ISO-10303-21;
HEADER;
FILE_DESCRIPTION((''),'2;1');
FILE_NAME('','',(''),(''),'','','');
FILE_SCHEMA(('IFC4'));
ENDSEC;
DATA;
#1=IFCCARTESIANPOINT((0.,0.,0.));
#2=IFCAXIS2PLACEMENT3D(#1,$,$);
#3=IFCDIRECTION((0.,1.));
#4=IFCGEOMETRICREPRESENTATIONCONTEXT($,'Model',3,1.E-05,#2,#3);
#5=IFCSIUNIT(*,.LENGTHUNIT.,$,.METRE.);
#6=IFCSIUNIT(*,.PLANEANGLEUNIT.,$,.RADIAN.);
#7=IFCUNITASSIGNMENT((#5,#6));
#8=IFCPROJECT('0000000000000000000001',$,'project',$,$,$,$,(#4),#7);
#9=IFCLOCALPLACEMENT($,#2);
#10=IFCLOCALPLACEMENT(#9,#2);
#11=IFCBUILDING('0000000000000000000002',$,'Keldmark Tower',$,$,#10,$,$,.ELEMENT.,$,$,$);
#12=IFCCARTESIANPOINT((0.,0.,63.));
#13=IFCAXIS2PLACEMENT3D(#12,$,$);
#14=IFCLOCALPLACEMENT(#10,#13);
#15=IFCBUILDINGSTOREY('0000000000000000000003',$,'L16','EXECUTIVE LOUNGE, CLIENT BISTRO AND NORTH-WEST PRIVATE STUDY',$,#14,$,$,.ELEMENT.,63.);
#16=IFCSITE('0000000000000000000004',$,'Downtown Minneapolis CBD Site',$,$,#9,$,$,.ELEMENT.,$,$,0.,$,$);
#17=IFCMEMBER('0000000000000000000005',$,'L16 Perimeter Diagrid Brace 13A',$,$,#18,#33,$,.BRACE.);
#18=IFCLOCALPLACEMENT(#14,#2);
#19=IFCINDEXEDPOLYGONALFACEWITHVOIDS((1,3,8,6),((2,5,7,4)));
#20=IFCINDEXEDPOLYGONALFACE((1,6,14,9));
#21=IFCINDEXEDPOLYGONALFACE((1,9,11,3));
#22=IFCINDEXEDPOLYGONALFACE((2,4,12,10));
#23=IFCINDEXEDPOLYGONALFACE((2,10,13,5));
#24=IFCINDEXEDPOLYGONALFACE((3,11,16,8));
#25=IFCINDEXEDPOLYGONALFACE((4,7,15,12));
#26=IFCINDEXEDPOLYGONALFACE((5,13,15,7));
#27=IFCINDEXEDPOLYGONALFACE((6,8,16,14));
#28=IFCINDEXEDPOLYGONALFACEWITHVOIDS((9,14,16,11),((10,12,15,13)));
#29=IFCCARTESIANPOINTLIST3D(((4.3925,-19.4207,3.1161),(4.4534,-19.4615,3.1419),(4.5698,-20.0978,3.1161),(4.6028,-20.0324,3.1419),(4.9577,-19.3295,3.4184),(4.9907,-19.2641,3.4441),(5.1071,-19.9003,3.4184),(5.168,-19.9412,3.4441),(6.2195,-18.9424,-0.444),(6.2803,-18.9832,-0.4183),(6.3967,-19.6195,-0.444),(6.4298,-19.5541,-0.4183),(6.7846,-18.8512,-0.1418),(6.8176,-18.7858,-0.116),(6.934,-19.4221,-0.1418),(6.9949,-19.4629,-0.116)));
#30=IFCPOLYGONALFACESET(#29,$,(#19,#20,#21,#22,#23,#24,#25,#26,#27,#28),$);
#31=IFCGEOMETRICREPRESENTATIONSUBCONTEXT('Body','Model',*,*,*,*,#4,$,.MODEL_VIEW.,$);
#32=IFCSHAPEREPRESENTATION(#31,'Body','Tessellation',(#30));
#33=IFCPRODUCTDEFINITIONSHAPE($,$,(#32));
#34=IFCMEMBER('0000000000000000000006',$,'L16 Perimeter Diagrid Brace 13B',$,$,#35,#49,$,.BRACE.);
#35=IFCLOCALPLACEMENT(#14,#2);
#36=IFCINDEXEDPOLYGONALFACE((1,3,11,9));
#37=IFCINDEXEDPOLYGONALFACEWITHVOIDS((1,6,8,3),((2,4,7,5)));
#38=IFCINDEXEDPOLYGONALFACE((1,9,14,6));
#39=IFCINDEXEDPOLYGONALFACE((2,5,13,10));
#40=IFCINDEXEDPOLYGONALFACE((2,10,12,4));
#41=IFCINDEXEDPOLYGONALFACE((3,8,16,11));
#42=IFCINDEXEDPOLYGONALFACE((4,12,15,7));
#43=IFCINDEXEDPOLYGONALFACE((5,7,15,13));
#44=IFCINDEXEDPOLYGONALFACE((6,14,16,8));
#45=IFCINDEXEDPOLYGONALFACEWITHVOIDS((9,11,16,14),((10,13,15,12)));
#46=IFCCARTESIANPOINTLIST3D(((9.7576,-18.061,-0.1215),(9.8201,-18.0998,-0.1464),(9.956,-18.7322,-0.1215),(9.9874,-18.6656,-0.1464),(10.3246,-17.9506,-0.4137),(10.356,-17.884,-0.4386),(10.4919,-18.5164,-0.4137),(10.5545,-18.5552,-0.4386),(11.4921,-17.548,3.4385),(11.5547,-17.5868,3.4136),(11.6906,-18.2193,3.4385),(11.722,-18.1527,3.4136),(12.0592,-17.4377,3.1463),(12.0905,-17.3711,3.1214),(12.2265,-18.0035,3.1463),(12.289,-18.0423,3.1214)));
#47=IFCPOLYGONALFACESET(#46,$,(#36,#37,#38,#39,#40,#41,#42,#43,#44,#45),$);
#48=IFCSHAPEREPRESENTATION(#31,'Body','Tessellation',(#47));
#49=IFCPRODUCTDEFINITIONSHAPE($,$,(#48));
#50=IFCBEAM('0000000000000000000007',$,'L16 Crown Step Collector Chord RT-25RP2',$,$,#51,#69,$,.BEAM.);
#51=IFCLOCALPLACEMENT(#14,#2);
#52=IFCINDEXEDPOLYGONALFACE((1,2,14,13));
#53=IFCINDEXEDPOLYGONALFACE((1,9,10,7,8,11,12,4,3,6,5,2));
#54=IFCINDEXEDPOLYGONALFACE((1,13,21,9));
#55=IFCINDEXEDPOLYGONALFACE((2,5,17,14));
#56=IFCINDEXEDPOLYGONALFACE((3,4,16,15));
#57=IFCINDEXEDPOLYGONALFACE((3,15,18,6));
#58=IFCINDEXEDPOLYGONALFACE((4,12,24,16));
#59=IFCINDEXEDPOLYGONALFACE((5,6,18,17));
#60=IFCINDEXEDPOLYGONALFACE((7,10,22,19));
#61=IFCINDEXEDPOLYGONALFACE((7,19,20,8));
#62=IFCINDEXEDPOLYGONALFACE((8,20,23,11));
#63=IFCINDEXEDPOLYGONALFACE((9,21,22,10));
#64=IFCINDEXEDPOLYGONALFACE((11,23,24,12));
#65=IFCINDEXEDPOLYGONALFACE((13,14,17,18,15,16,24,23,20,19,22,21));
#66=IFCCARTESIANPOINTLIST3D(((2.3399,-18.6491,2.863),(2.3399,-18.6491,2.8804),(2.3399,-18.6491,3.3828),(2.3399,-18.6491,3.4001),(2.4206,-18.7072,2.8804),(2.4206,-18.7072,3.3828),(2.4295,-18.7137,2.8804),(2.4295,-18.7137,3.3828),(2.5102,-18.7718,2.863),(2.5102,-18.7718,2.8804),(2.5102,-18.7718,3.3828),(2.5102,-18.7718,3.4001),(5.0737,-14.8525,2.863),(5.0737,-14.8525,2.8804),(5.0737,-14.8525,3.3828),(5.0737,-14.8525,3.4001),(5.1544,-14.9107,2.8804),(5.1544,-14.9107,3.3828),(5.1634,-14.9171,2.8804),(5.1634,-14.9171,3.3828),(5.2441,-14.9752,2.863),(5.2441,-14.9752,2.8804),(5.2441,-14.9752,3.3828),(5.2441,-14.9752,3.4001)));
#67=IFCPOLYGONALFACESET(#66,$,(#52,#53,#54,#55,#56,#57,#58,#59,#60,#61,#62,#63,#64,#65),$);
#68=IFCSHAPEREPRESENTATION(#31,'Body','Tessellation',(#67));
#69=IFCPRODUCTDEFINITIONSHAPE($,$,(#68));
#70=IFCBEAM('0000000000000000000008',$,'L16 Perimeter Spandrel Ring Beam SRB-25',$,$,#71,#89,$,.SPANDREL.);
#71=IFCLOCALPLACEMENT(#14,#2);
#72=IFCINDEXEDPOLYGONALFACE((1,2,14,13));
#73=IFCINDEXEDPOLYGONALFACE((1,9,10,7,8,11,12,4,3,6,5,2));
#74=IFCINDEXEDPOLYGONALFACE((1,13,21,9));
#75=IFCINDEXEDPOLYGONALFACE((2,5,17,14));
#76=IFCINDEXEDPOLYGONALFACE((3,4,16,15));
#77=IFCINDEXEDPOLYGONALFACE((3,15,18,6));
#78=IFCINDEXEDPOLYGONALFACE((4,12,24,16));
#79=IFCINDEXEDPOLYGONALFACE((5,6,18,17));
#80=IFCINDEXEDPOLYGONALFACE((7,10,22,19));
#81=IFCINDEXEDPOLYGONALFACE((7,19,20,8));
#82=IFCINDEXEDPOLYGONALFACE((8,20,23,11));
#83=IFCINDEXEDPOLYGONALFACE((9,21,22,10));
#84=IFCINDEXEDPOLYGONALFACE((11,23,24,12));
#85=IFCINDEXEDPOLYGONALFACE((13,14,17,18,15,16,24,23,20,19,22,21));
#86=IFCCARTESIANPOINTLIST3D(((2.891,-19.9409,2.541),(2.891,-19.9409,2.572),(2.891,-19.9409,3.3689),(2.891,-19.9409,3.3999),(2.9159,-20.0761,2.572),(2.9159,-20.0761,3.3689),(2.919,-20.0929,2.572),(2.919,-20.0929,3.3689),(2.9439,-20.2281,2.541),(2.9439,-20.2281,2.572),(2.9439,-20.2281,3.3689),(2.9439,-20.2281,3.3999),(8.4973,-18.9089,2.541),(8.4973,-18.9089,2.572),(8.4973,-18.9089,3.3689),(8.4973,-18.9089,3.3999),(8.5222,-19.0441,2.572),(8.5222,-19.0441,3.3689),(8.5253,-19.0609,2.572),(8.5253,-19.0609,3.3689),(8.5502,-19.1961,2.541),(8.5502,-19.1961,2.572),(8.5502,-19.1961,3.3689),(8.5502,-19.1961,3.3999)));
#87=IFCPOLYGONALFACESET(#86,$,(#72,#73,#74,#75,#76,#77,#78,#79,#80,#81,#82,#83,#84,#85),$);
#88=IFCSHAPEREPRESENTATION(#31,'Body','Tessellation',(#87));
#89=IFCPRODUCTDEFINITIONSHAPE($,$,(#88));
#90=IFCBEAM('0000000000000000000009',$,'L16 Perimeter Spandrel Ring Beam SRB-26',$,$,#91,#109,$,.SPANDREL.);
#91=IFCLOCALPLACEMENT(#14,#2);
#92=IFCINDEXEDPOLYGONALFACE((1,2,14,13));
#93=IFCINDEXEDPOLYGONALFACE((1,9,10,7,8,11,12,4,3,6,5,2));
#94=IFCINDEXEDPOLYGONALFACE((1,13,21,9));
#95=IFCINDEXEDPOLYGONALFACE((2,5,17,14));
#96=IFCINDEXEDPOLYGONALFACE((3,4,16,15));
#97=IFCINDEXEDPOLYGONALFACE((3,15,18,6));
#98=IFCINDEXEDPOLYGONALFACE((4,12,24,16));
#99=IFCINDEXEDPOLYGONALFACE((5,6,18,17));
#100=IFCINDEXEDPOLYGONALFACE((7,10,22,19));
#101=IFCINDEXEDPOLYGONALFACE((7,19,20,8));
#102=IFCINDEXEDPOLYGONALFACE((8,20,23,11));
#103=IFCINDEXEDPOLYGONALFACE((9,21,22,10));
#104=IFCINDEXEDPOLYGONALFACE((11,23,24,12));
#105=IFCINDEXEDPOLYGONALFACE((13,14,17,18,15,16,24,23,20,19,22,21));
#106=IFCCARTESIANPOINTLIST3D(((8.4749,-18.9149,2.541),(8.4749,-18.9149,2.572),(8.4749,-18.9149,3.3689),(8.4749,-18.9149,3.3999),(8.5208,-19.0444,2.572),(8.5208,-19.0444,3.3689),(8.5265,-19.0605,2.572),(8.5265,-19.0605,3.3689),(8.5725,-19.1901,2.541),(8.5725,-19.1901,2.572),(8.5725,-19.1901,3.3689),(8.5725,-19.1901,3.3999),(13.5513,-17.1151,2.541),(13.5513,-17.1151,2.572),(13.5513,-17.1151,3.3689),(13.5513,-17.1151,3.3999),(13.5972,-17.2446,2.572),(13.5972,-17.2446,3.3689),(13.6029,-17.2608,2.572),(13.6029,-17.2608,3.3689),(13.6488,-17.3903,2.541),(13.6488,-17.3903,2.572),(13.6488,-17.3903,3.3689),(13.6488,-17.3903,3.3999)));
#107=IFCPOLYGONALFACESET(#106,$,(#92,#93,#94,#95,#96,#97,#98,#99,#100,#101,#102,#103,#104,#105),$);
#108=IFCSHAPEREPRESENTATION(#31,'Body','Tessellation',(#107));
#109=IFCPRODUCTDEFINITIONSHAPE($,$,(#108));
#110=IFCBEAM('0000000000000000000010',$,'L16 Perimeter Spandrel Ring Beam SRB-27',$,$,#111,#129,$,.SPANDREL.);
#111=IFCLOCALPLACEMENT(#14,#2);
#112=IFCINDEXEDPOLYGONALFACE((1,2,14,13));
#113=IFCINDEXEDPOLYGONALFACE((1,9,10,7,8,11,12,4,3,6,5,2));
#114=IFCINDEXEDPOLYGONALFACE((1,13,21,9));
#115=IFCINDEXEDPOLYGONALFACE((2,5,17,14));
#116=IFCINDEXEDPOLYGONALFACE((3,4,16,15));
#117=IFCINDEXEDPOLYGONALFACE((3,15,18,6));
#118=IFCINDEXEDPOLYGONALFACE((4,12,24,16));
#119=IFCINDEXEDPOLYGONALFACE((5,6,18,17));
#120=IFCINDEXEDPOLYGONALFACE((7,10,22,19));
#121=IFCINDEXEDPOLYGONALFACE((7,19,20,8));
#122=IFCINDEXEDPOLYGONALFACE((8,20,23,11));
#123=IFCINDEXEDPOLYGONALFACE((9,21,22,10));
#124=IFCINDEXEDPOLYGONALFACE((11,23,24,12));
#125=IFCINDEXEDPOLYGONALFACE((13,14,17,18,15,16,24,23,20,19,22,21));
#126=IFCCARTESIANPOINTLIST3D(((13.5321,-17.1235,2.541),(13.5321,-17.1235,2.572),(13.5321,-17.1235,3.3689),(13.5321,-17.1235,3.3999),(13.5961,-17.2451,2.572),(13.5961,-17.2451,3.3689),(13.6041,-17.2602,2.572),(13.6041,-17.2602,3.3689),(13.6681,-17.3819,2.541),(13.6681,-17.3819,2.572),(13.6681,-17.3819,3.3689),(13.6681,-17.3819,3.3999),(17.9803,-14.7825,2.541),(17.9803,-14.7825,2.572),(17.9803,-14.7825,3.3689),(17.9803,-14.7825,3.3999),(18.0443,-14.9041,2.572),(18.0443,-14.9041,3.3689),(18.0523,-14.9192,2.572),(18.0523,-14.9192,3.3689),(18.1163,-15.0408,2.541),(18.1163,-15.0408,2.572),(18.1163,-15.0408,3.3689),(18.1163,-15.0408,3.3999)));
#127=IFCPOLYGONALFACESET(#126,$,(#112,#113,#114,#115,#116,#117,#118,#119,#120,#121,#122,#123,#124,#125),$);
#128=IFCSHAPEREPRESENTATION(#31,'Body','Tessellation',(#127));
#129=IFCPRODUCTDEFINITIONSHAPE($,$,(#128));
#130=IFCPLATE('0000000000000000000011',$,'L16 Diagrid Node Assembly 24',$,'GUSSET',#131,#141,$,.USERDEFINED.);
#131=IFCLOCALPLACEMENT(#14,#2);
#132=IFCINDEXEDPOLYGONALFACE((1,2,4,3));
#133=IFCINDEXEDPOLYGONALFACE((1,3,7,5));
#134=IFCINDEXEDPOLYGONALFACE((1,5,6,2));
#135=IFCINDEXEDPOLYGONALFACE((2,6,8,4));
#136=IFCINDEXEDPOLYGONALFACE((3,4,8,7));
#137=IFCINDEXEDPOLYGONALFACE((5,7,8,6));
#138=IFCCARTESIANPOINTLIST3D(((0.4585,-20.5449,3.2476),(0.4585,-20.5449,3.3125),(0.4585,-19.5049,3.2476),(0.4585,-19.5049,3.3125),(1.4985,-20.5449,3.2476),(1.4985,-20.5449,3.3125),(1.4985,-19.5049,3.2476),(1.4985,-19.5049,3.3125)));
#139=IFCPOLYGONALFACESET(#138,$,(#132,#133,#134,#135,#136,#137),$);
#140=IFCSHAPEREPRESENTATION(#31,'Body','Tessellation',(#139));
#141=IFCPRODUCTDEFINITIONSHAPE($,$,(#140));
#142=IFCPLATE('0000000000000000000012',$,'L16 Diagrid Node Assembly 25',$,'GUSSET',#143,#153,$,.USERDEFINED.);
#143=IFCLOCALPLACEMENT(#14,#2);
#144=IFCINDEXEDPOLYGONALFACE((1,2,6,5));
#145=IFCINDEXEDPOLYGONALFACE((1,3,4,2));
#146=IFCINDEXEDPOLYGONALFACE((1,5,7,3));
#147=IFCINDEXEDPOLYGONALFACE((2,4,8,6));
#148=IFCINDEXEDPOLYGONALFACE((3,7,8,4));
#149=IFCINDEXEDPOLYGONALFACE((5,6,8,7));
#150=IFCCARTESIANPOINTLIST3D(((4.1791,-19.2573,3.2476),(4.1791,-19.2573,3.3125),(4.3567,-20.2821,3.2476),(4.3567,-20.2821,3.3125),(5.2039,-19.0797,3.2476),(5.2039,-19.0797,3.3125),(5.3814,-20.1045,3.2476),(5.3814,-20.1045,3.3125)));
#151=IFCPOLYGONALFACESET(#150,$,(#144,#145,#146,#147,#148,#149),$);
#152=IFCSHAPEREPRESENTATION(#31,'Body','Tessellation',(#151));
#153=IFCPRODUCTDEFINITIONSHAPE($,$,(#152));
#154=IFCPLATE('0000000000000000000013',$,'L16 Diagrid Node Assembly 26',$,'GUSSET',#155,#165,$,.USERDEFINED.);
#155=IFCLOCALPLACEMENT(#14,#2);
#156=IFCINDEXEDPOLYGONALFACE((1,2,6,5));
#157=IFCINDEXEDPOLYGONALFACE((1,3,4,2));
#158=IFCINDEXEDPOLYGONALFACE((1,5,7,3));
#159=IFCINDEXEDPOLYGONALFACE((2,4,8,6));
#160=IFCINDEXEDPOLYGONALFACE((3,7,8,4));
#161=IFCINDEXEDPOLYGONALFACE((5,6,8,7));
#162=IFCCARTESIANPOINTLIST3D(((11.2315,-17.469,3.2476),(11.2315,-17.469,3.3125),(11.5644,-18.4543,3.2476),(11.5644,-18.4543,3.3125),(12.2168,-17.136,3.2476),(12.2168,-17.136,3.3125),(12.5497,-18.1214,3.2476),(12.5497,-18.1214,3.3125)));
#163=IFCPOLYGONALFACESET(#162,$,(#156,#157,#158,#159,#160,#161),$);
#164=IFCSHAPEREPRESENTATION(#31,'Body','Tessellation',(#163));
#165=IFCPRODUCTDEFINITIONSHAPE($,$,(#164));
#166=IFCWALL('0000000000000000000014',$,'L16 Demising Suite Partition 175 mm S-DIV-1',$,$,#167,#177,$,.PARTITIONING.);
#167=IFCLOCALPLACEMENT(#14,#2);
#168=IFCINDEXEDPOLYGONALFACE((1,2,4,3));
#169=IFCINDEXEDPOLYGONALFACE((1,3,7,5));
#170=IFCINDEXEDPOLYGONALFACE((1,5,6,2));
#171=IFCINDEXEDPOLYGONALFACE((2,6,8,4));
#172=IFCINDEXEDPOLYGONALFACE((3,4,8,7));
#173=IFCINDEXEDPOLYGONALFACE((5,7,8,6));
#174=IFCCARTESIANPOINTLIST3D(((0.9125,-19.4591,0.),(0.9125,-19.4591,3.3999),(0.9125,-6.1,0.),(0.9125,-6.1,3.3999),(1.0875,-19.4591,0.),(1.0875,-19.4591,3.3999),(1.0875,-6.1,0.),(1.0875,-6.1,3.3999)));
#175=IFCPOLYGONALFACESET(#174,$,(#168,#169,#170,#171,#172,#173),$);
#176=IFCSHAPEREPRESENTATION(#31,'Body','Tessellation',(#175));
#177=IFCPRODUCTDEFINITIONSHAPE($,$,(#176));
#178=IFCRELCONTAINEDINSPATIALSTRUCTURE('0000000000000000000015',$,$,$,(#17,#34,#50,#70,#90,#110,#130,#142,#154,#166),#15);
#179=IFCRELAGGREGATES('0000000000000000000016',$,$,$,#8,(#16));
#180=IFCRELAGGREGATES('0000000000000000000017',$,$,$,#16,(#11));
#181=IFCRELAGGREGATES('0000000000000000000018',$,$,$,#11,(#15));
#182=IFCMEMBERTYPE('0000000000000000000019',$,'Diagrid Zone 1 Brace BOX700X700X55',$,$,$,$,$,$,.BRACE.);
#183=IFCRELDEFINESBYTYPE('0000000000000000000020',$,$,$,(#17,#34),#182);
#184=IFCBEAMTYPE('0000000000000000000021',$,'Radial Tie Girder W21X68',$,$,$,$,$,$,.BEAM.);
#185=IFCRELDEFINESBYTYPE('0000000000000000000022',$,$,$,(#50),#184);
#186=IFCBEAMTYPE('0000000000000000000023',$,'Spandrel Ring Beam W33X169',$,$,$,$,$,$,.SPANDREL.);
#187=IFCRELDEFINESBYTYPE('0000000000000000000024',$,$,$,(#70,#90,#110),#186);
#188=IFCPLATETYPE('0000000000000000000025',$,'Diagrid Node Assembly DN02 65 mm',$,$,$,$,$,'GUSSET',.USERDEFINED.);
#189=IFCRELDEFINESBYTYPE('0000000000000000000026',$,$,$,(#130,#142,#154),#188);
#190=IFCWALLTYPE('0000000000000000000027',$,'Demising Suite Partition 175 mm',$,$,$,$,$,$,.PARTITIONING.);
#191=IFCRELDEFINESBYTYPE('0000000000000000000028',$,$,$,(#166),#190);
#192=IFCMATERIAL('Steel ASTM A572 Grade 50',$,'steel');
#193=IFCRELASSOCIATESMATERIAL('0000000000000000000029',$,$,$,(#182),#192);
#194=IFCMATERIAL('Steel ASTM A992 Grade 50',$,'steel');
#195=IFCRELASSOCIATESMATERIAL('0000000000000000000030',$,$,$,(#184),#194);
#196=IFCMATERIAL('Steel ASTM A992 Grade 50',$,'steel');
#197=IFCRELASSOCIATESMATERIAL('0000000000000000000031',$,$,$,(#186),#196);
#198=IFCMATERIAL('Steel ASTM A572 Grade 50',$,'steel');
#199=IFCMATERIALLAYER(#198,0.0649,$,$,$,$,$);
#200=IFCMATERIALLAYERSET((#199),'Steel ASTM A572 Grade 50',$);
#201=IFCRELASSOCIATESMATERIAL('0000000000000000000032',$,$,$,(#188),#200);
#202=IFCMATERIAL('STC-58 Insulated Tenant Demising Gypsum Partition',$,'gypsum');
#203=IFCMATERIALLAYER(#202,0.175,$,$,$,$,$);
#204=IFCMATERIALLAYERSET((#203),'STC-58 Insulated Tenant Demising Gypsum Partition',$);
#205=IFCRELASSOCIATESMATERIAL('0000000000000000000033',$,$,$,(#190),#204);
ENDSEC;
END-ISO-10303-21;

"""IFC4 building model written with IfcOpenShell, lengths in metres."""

from ifc_helpers import new_model, si_unit, direction, frame, frame_2d, origin, origin_2d, place, context, subcontext, project, spatial, rectangle, hollow_rectangle, i_section, extrude, material, layer, layer_set, material_profile, profile_set, type_object, element, save


model = new_model("IFC4")

# Units and contexts
model_context = context("Model", 3, precision=1e-05, world=origin(), true_north=direction((0.0, 1.0)))
body_context = subcontext(model_context, "Body", "Model", "MODEL_VIEW")
ifc_project = project(units=[si_unit("LENGTHUNIT", "METRE"), si_unit("PLANEANGLEUNIT", "RADIAN")], contexts=[model_context])

# Site, building, storey
site_placement = place(None, origin())
site = spatial("IfcSite", under=ifc_project, at=site_placement, Name="Downtown Minneapolis CBD Site", CompositionType="ELEMENT", RefElevation=0.0)
building_placement = place(site_placement, origin())
building = spatial("IfcBuilding", under=site, at=building_placement, Name="Keldmark Tower", CompositionType="ELEMENT")
storey_placement = place(building_placement, frame((0.0, 0.0, 63.0)))
storey = spatial("IfcBuildingStorey", under=building, at=storey_placement, Name="L16", Description="EXECUTIVE LOUNGE, CLIENT BISTRO AND NORTH-WEST PRIVATE STUDY", CompositionType="ELEMENT", Elevation=63.0)

# Members
ifc_material_1 = material(Name="Steel ASTM A572 Grade 50", Category="steel")
ifc_material_profile_1 = material_profile(ifc_material_1, hollow_rectangle(XDim=0.7, YDim=0.7, WallThickness=0.0549, at=origin_2d()), Name="BOX700X700X55")
ifc_profile_set_1 = profile_set([ifc_material_profile_1], Name="Steel ASTM A572 Grade 50")
member_type = type_object("IfcMemberType", Name="Diagrid Zone 1 Brace BOX700X700X55", PredefinedType="BRACE", material=ifc_profile_set_1)
member_1_placement = place(storey_placement, frame((6.6072, -19.2026, -0.28), z_axis=(-0.453334, -0.11868, 0.883404), x_axis=(0.253259, -0.967399, 0.0)))
element("IfcMember", 1, at=member_1_placement, inside=storey, type_object=member_type, Name="L16 Perimeter Diagrid Brace 13A", PredefinedType="BRACE", context=body_context, shape_type="SweptSolid", body=[
    extrude(hollow_rectangle(XDim=0.7, YDim=0.7, WallThickness=0.0549, at=origin_2d()), origin(), (0.0, 0.0, 1.0), 4.03),
])
member_2_placement = place(storey_placement, frame((10.156, -18.3081, -0.28), z_axis=(0.434388, 0.128452, 0.89152), x_axis=(-0.283569, 0.958952, 0.0)))
element("IfcMember", 2, at=member_2_placement, inside=storey, type_object=member_type, Name="L16 Perimeter Diagrid Brace 13B", PredefinedType="BRACE", context=body_context, shape_type="SweptSolid", body=[
    extrude(hollow_rectangle(XDim=0.7, YDim=0.7, WallThickness=0.0549, at=origin_2d()), origin(), (0.0, 0.0, 1.0), 3.9932),
])

# Beams
ifc_material_2 = material(Name="Steel ASTM A992 Grade 50", Category="steel")
ifc_material_profile_2 = material_profile(ifc_material_2, i_section(OverallWidth=0.21, OverallDepth=0.5371, WebThickness=0.011, FlangeThickness=0.0173, at=origin_2d()), Name="W21X68")
ifc_profile_set_2 = profile_set([ifc_material_profile_2], Name="Steel ASTM A992 Grade 50")
beam_type_1 = type_object("IfcBeamType", Name="Radial Tie Girder W21X68", PredefinedType="BEAM", material=ifc_profile_set_2)
beam_1_placement = place(storey_placement, frame((2.425, -18.7104, 3.1316), z_axis=(0.584349, 0.811503, 0.0), x_axis=(-0.811503, 0.584349, 0.0)))
element("IfcBeam", 3, at=beam_1_placement, inside=storey, type_object=beam_type_1, Name="L16 Crown Step Collector Chord RT-25RP2", PredefinedType="BEAM", context=body_context, shape_type="SweptSolid", body=[
    extrude(i_section(OverallWidth=0.21, OverallDepth=0.5371, WebThickness=0.011, FlangeThickness=0.0173, at=origin_2d()), origin(), (0.0, 0.0, 1.0), 4.6785),
])
ifc_material_3 = material(Name="Steel ASTM A992 Grade 50", Category="steel")
ifc_material_profile_3 = material_profile(ifc_material_3, i_section(OverallWidth=0.292, OverallDepth=0.8589, WebThickness=0.0171, FlangeThickness=0.031, at=origin_2d()), Name="W33X169")
ifc_profile_set_3 = profile_set([ifc_material_profile_3], Name="Steel ASTM A992 Grade 50")
beam_type_2 = type_object("IfcBeamType", Name="Spandrel Ring Beam W33X169", PredefinedType="SPANDREL", material=ifc_profile_set_3)
beam_2_placement = place(storey_placement, frame((2.9175, -20.0845, 2.9705), z_axis=(0.983476, 0.181037, 0.0), x_axis=(-0.181037, 0.983476, 0.0)))
element("IfcBeam", 4, at=beam_2_placement, inside=storey, type_object=beam_type_2, Name="L16 Perimeter Spandrel Ring Beam SRB-25", PredefinedType="SPANDREL", context=body_context, shape_type="SweptSolid", body=[
    extrude(i_section(OverallWidth=0.292, OverallDepth=0.8589, WebThickness=0.0171, FlangeThickness=0.031, at=origin_2d()), origin(), (0.0, 0.0, 1.0), 5.7004),
])
beam_3_placement = place(storey_placement, frame((8.5237, -19.0525, 2.9705), z_axis=(0.942516, 0.334162, 0.0), x_axis=(-0.334162, 0.942516, 0.0)))
element("IfcBeam", 5, at=beam_3_placement, inside=storey, type_object=beam_type_2, Name="L16 Perimeter Spandrel Ring Beam SRB-26", PredefinedType="SPANDREL", context=body_context, shape_type="SweptSolid", body=[
    extrude(i_section(OverallWidth=0.292, OverallDepth=0.8589, WebThickness=0.0171, FlangeThickness=0.031, at=origin_2d()), origin(), (0.0, 0.0, 1.0), 5.386),
])
beam_4_placement = place(storey_placement, frame((13.6001, -17.2527, 2.9705), z_axis=(0.884928, 0.465728, 0.0), x_axis=(-0.465728, 0.884928, 0.0)))
element("IfcBeam", 6, at=beam_4_placement, inside=storey, type_object=beam_type_2, Name="L16 Perimeter Spandrel Ring Beam SRB-27", PredefinedType="SPANDREL", context=body_context, shape_type="SweptSolid", body=[
    extrude(i_section(OverallWidth=0.292, OverallDepth=0.8589, WebThickness=0.0171, FlangeThickness=0.031, at=origin_2d()), origin(), (0.0, 0.0, 1.0), 5.0266),
])

# Plates
ifc_material_4 = material(Name="Steel ASTM A572 Grade 50", Category="steel")
ifc_layer_1 = layer(ifc_material_4, 0.0649)
ifc_layer_set_1 = layer_set([ifc_layer_1], Name="Steel ASTM A572 Grade 50")
plate_type = type_object("IfcPlateType", Name="Diagrid Node Assembly DN02 65 mm", ElementType="GUSSET", PredefinedType="USERDEFINED", material=ifc_layer_set_1)
for number, where, z_axis, x_axis, name in (
    (7, (0.9785, -20.0249, 3.2476), (0.0, 0.0, 1.0), (1.0, 0.0, 0.0), "L16 Diagrid Node Assembly 24"),
    (8, (4.7803, -19.6809, 3.2476), (0.0, 0.0, 1.0), (0.985319, 0.170725, 0.0), "L16 Diagrid Node Assembly 25"),
    (9, (11.8906, -17.7952, 3.2476), (0.0, 0.0, 1.0), (0.947378, 0.320117, 0.0), "L16 Diagrid Node Assembly 26"),
):
    element("IfcPlate", number, at=place(storey_placement, frame(where, z_axis=z_axis, x_axis=x_axis)), inside=storey, type_object=plate_type, Name=name, ObjectType="GUSSET", PredefinedType="USERDEFINED", context=body_context, shape_type="SweptSolid", body=[
        extrude(rectangle(XDim=1.04, YDim=1.04, at=origin_2d()), origin(), (0.0, 0.0, 1.0), 0.0649),
    ])

# Wall
ifc_material_5 = material(Name="STC-58 Insulated Tenant Demising Gypsum Partition", Category="gypsum")
ifc_layer_2 = layer(ifc_material_5, 0.175)
ifc_layer_set_2 = layer_set([ifc_layer_2], Name="STC-58 Insulated Tenant Demising Gypsum Partition")
wall_type_1 = type_object("IfcWallType", Name="Demising Suite Partition 175 mm", PredefinedType="PARTITIONING", material=ifc_layer_set_2)
wall_1_placement = place(storey_placement, frame((1.0, -19.4592, 0.0), z_axis=(0.0, 0.0, 1.0), x_axis=(0.0, 1.0, 0.0)))
element("IfcWall", 10, at=wall_1_placement, inside=storey, type_object=wall_type_1, Name="L16 Demising Suite Partition 175 mm S-DIV-1", PredefinedType="PARTITIONING", context=body_context, shape_type="SweptSolid", body=[
    extrude(rectangle(XDim=13.3591, YDim=0.175, at=frame_2d((6.6797, 0.0))), origin(), (0.0, 0.0, 1.0), 3.3999),
])

save(model, "model.ifc")
